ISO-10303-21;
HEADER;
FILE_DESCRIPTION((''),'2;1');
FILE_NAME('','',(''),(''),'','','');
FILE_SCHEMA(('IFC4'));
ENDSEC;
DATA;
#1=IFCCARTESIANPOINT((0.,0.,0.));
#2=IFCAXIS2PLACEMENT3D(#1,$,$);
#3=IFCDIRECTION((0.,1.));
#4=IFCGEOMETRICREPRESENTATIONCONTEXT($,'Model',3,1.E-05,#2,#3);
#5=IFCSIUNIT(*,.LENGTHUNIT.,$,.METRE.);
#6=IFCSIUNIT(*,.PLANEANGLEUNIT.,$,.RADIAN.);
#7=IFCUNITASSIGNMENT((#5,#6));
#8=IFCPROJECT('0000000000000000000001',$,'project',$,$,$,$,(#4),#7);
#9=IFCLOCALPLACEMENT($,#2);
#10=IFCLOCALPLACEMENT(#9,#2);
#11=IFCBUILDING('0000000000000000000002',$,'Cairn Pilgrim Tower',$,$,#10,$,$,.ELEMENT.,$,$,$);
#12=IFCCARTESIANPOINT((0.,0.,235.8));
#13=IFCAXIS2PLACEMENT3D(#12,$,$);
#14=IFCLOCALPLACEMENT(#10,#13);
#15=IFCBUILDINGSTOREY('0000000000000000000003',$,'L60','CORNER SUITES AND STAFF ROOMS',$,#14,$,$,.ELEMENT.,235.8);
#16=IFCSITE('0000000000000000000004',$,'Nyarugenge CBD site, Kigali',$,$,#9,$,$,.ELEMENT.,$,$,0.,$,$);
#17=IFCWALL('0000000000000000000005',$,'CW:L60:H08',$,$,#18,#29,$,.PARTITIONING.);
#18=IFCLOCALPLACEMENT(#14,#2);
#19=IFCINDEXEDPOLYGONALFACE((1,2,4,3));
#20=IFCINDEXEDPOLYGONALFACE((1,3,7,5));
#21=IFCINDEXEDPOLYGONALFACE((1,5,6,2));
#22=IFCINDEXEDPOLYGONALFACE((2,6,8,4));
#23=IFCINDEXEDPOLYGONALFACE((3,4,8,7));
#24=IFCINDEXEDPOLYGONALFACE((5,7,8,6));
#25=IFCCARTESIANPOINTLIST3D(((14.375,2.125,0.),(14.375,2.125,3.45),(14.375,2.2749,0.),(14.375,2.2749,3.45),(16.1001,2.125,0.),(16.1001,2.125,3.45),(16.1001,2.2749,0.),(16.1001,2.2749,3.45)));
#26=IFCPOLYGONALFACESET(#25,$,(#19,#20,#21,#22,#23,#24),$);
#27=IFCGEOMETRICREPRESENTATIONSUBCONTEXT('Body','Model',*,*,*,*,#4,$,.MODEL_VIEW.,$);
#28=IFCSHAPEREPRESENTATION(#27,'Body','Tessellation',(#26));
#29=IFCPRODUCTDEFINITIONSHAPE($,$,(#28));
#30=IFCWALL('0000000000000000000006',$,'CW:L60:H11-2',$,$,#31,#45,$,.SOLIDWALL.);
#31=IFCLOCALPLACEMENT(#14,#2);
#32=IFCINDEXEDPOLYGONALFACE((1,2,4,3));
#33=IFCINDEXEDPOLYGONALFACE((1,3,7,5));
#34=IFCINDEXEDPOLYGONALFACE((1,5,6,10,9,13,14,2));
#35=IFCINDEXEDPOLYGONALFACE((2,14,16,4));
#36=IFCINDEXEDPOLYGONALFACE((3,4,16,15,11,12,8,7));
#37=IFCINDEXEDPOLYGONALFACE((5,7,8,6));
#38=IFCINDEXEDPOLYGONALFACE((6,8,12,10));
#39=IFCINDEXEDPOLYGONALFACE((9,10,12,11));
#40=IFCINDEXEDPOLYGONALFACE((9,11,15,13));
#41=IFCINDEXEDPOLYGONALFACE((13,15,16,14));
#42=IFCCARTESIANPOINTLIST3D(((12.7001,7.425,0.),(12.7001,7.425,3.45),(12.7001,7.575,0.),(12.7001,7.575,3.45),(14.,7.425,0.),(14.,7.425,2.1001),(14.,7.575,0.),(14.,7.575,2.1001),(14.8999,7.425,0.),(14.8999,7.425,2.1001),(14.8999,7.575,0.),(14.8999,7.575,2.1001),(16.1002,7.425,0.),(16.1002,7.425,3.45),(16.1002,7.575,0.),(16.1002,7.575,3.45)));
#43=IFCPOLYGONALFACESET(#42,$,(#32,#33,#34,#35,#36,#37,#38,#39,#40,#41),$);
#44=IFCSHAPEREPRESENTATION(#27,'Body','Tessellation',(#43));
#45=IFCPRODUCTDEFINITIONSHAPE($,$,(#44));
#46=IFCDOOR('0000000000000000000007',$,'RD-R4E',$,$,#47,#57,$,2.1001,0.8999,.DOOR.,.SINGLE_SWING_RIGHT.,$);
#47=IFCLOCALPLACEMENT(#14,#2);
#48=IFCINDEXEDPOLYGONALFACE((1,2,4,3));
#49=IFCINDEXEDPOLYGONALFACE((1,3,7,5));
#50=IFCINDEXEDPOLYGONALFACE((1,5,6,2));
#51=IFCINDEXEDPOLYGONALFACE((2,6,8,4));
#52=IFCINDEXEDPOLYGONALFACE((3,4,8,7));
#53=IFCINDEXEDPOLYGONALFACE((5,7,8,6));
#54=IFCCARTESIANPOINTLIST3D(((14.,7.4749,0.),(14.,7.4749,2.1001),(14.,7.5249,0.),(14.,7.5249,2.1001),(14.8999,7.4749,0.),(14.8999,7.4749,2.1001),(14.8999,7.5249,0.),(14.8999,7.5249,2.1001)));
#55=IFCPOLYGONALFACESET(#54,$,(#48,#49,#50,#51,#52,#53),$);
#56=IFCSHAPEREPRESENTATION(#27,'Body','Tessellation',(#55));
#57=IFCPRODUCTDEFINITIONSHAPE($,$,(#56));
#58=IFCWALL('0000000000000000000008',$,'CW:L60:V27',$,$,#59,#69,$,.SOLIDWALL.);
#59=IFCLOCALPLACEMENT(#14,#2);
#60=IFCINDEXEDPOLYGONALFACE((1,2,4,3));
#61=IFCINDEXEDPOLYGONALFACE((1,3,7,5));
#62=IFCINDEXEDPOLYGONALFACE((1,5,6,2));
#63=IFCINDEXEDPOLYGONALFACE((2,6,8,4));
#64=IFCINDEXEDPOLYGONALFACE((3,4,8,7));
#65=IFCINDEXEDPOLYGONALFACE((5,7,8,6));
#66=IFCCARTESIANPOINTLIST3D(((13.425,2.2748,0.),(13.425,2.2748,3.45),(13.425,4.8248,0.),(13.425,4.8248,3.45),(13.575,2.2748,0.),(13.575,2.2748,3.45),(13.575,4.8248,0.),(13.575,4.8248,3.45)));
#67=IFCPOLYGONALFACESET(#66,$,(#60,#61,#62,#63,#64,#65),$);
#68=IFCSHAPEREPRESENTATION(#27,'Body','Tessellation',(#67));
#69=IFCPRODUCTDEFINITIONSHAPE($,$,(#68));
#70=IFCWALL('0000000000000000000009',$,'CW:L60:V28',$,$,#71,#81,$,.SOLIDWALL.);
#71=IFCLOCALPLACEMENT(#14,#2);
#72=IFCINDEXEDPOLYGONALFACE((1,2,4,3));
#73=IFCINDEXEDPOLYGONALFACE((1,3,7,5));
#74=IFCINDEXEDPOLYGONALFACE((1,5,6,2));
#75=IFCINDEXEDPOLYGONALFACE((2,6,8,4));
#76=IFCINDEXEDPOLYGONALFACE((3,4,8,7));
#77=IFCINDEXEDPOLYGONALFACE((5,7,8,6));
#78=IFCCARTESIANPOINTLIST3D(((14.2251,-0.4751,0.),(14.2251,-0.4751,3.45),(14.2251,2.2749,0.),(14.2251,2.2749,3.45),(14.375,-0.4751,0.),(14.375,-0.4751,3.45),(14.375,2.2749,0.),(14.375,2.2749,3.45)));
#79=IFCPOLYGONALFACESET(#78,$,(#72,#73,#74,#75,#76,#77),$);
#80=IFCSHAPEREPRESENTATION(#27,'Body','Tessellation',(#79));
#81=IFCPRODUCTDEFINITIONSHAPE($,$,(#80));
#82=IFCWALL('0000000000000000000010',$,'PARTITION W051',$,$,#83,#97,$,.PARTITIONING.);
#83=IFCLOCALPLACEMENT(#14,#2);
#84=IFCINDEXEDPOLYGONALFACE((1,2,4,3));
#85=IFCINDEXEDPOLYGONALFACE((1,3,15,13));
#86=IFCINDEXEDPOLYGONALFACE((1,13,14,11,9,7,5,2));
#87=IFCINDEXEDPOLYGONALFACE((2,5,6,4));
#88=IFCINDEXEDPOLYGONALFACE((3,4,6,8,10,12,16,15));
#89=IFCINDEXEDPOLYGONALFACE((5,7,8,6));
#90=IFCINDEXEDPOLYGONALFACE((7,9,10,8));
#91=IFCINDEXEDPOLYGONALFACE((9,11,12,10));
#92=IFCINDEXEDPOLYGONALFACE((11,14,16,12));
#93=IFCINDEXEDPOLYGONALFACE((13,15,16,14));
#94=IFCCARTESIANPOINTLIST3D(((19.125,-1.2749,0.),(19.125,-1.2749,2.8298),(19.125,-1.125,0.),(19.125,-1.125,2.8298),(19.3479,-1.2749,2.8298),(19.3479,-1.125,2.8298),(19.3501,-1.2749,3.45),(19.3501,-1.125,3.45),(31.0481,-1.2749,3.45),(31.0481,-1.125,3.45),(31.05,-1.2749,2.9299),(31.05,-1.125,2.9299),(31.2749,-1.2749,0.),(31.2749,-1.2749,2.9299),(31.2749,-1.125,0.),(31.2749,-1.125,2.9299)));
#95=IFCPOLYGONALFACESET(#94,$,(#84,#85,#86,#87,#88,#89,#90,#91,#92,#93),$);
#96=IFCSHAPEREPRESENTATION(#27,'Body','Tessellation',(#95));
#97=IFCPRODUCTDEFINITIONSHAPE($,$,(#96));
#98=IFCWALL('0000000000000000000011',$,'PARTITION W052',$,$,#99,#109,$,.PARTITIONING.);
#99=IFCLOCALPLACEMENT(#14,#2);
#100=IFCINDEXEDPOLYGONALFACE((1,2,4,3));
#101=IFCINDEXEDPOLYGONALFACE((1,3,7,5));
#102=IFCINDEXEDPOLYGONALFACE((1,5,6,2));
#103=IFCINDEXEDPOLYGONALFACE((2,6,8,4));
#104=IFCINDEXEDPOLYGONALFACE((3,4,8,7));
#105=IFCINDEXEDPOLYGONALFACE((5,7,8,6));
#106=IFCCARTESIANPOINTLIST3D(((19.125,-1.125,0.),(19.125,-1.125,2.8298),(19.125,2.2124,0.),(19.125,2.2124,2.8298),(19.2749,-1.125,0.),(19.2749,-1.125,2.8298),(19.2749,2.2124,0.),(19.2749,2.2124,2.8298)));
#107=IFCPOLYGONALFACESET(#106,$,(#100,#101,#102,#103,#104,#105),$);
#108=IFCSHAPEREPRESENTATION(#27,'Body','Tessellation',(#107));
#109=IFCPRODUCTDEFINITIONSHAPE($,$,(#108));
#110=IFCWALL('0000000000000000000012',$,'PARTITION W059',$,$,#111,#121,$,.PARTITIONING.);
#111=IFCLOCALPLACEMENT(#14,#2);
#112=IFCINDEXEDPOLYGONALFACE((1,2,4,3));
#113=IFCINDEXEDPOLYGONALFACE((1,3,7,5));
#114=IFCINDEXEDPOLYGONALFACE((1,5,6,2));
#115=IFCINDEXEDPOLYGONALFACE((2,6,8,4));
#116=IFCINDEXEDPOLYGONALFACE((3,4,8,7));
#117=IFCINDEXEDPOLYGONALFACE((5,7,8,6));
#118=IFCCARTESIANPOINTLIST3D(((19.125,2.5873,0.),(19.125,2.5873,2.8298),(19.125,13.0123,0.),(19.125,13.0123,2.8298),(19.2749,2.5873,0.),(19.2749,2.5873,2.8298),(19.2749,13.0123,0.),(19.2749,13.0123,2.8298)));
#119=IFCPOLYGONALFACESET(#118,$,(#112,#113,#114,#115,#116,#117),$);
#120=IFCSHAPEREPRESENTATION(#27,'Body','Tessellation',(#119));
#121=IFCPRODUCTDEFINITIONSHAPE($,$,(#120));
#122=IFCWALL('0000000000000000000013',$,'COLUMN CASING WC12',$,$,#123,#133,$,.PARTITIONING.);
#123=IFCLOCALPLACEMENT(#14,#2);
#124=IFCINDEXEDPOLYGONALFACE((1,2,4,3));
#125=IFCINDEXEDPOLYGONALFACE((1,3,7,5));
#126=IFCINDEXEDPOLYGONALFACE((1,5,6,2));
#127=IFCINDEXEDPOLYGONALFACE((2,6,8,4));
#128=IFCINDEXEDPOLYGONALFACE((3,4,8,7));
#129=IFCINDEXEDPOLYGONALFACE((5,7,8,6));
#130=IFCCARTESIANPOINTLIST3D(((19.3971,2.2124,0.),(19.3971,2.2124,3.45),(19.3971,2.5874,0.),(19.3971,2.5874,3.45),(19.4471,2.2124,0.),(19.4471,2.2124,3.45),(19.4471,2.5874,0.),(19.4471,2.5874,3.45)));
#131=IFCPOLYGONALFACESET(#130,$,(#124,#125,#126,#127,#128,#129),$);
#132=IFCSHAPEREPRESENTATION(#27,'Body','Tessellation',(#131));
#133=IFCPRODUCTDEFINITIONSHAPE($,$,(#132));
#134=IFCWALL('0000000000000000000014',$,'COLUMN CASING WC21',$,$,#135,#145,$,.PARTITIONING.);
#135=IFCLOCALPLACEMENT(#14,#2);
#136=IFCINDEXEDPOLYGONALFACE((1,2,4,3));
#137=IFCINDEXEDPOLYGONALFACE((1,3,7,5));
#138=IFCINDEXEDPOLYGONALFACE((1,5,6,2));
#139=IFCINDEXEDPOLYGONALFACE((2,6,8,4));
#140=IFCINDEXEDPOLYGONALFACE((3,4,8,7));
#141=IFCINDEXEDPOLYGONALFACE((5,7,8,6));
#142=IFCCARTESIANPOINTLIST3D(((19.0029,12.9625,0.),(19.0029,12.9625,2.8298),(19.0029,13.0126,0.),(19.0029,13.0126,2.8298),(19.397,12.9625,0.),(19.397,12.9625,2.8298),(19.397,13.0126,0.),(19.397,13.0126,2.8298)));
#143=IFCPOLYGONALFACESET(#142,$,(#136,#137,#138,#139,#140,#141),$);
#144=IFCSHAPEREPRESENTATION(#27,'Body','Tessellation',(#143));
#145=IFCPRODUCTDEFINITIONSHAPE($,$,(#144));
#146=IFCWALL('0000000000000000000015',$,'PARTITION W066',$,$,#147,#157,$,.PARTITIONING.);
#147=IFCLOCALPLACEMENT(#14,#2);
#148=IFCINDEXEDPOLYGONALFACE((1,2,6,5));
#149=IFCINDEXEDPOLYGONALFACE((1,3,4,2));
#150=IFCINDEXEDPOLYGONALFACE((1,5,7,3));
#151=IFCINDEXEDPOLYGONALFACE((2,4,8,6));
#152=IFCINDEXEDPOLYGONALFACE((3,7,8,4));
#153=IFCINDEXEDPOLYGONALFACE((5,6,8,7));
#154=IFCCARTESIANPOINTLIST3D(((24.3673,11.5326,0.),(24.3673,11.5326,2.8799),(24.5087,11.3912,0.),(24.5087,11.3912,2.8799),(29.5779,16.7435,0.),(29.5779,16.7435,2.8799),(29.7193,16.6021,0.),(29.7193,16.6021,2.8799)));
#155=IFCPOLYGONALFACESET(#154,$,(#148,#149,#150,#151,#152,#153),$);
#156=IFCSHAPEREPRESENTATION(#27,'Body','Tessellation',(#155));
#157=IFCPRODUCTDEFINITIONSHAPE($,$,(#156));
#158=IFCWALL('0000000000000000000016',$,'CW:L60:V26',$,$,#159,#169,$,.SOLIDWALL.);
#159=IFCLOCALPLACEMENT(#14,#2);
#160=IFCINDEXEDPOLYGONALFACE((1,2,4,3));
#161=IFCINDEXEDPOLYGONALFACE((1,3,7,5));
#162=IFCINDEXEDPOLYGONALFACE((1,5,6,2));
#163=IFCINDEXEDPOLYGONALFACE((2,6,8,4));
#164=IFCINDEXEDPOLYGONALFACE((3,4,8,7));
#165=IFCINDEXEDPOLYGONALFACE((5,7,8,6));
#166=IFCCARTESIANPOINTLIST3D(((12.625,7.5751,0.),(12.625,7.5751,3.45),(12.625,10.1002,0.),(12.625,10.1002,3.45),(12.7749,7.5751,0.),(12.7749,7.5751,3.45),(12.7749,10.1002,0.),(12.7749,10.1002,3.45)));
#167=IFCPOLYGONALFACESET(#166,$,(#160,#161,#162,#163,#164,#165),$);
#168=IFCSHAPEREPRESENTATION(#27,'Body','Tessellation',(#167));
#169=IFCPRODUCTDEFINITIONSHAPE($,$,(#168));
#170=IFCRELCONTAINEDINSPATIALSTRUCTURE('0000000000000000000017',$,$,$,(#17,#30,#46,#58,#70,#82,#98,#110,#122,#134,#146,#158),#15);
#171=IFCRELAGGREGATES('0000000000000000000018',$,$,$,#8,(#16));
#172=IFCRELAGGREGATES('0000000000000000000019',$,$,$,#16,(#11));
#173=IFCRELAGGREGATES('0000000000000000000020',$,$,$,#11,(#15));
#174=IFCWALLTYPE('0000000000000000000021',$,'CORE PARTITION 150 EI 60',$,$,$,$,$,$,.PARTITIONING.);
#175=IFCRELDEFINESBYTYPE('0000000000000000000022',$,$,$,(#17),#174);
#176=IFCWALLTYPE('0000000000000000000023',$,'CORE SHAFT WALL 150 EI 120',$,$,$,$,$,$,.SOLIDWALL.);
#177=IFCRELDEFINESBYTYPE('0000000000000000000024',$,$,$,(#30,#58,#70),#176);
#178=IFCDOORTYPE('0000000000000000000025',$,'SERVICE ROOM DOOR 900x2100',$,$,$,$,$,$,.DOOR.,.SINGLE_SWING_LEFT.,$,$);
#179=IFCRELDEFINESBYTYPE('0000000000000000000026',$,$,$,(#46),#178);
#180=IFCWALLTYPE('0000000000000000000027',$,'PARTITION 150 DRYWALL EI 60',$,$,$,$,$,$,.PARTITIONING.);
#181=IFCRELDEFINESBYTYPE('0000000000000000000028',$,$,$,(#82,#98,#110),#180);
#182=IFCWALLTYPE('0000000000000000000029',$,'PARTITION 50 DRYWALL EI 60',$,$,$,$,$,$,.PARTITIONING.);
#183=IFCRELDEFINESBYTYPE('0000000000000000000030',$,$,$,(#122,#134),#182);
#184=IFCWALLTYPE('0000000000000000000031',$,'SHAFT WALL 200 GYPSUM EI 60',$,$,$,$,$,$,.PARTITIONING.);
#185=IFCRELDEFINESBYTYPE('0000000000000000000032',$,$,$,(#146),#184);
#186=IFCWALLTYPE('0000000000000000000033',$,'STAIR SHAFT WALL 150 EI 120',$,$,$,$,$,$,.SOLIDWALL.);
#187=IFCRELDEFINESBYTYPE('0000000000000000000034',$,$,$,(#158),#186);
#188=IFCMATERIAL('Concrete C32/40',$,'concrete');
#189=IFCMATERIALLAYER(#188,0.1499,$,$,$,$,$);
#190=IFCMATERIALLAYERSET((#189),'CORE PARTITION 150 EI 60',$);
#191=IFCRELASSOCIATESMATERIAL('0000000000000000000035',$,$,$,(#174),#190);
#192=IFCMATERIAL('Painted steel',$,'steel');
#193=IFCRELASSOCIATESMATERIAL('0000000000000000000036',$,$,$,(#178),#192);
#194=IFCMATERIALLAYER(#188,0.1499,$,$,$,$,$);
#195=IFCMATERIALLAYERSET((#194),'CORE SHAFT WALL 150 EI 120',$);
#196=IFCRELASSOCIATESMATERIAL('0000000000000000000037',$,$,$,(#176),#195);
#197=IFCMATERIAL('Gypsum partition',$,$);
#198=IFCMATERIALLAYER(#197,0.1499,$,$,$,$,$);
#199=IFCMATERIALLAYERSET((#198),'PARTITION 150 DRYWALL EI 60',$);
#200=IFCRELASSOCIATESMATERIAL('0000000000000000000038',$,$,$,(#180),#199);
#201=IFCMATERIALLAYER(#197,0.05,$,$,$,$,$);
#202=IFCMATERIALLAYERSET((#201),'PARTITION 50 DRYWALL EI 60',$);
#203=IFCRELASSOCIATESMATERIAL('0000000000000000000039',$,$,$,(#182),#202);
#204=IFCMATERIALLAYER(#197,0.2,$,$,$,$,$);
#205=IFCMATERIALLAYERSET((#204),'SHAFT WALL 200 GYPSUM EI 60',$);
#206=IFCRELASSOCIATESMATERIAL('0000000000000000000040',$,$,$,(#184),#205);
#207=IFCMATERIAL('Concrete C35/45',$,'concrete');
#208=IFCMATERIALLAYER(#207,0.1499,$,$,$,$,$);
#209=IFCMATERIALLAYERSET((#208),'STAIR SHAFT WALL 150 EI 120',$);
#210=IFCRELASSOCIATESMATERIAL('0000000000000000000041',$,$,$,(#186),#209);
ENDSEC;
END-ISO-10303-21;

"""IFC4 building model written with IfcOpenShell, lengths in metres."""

from ifc_helpers import new_model, si_unit, direction, frame, frame_2d, origin, place, context, subcontext, project, spatial, polyline, rectangle, outline, extrude, material, layer, layer_set, type_object, element, fill, save


model = new_model("IFC4")

# Units and contexts
model_context = context("Model", 3, precision=1e-05, world=origin(), true_north=direction((0.0, 1.0)))
body_context = subcontext(model_context, "Body", "Model", "MODEL_VIEW")
ifc_project = project(units=[si_unit("LENGTHUNIT", "METRE"), si_unit("PLANEANGLEUNIT", "RADIAN")], contexts=[model_context])

# Site, building, storey
site_placement = place(None, origin())
site = spatial("IfcSite", under=ifc_project, at=site_placement, Name="Nyarugenge CBD site, Kigali", CompositionType="ELEMENT", RefElevation=0.0)
building_placement = place(site_placement, origin())
building = spatial("IfcBuilding", under=site, at=building_placement, Name="Cairn Pilgrim Tower", CompositionType="ELEMENT")
storey_placement = place(building_placement, frame((0.0, 0.0, 235.8)))
storey = spatial("IfcBuildingStorey", under=building, at=storey_placement, Name="L60", Description="CORNER SUITES AND STAFF ROOMS", CompositionType="ELEMENT", Elevation=235.8)

# Shared definitions
ifc_material_1 = material(Name="Concrete C32/40", Category="concrete")

# Shared definitions
ifc_layer_1 = layer(ifc_material_1, 0.1499)
ifc_layer_set_1 = layer_set([ifc_layer_1], Name="CORE PARTITION 150 EI 60")
wall_type_1 = type_object("IfcWallType", Name="CORE PARTITION 150 EI 60", PredefinedType="PARTITIONING", material=ifc_layer_set_1)
ifc_material_2 = material(Name="Painted steel", Category="steel")
door_type = type_object("IfcDoorType", Name="SERVICE ROOM DOOR 900x2100", OperationType="SINGLE_SWING_LEFT", PredefinedType="DOOR", material=ifc_material_2)

# Wall
wall_1_placement = place(storey_placement, frame((14.375, 2.2, 0.0), z_axis=(0.0, 0.0, 1.0), x_axis=(1.0, 0.0, 0.0)))
element("IfcWall", 1, at=wall_1_placement, inside=storey, type_object=wall_type_1, Name="CW:L60:H08", PredefinedType="PARTITIONING", context=body_context, shape_type="SweptSolid", body=[
    extrude(rectangle(XDim=1.7251, YDim=0.1499, at=frame_2d((0.8625, 0.0))), origin(), (0.0, 0.0, 1.0), 3.45),
])

# Wall, opening, door
ifc_layer_2 = layer(ifc_material_1, 0.1499)
ifc_layer_set_2 = layer_set([ifc_layer_2], Name="CORE SHAFT WALL 150 EI 120")
wall_type_2 = type_object("IfcWallType", Name="CORE SHAFT WALL 150 EI 120", PredefinedType="SOLIDWALL", material=ifc_layer_set_2)
wall_2_placement = place(storey_placement, frame((12.7, 7.5, 0.0), z_axis=(0.0, 0.0, 1.0), x_axis=(1.0, 0.0, 0.0)))
wall_2 = element("IfcWall", 2, at=wall_2_placement, inside=storey, type_object=wall_type_2, Name="CW:L60:H11-2", PredefinedType="SOLIDWALL", context=body_context, shape_type="SweptSolid", body=[
    extrude(rectangle(XDim=3.4001, YDim=0.1499, at=frame_2d((1.7002, 0.0))), origin(), (0.0, 0.0, 1.0), 3.45),
])
opening_1_placement = place(wall_2_placement, frame((1.3, 0.0, 0.0)))
opening_1 = element("IfcOpeningElement", 3, at=opening_1_placement, cuts=wall_2, PredefinedType="OPENING", context=body_context, shape_type="SweptSolid", body=[
    extrude(rectangle(XDim=0.8999, YDim=2.1001, at=frame_2d((0.45, 1.05))), frame((0.0, 0.085, 0.0), z_axis=(0.0, -1.0, 0.0), x_axis=(1.0, 0.0, 0.0)), (0.0, 0.0, 1.0), 0.1699),
])
door_1_placement = place(opening_1_placement, origin())
door_1 = element("IfcDoor", 4, at=door_1_placement, inside=storey, type_object=door_type, Name="RD-R4E", OperationType="SINGLE_SWING_RIGHT", OverallHeight=2.1001, OverallWidth=0.8999, PredefinedType="DOOR", context=body_context, shape_type="SweptSolid", body=[
    extrude(rectangle(XDim=0.8999, YDim=2.1001, at=frame_2d((0.45, 1.05))), frame((0.0, 0.0249, 0.0), z_axis=(0.0, -1.0, 0.0), x_axis=(1.0, 0.0, 0.0)), (0.0, 0.0, 1.0), 0.05),
])
fill(opening_1, door_1)

# Walls
wall_3_placement = place(storey_placement, frame((13.5, 2.2749, 0.0), z_axis=(0.0, 0.0, 1.0), x_axis=(0.0, 1.0, 0.0)))
element("IfcWall", 5, at=wall_3_placement, inside=storey, type_object=wall_type_2, Name="CW:L60:V27", PredefinedType="SOLIDWALL", context=body_context, shape_type="SweptSolid", body=[
    extrude(rectangle(XDim=2.55, YDim=0.1499, at=frame_2d((1.2749, 0.0))), origin(), (0.0, 0.0, 1.0), 3.45),
])
wall_4_placement = place(storey_placement, frame((14.3, -0.4751, 0.0), z_axis=(0.0, 0.0, 1.0), x_axis=(0.0, 1.0, 0.0)))
element("IfcWall", 6, at=wall_4_placement, inside=storey, type_object=wall_type_2, Name="CW:L60:V28", PredefinedType="SOLIDWALL", context=body_context, shape_type="SweptSolid", body=[
    extrude(rectangle(XDim=2.75, YDim=0.1499, at=frame_2d((1.375, 0.0))), origin(), (0.0, 0.0, 1.0), 3.45),
])
ifc_material_3 = material(Name="Gypsum partition")
ifc_layer_3 = layer(ifc_material_3, 0.1499)
ifc_layer_set_3 = layer_set([ifc_layer_3], Name="PARTITION 150 DRYWALL EI 60")
wall_type_3 = type_object("IfcWallType", Name="PARTITION 150 DRYWALL EI 60", PredefinedType="PARTITIONING", material=ifc_layer_set_3)
wall_5_placement = place(storey_placement, frame((19.125, -1.2, 0.0), z_axis=(0.0, 0.0, 1.0), x_axis=(1.0, 0.0, 0.0)))
element("IfcWall", 7, at=wall_5_placement, inside=storey, type_object=wall_type_3, Name="PARTITION W051", PredefinedType="PARTITIONING", context=body_context, shape_type="SweptSolid", body=[
    extrude(outline(polyline([(0.0, 0.0), (12.1499, 0.0), (12.1499, 2.9299), (11.925, 2.9299), (11.9231, 3.45), (0.2251, 3.45), (0.2229, 2.8298), (0.0, 2.8298), (0.0, 0.0)])), frame((0.0, 0.075, 0.0), z_axis=(0.0, -1.0, 0.0), x_axis=(1.0, 0.0, 0.0)), (0.0, 0.0, 1.0), 0.1499),
])
wall_6_placement = place(storey_placement, frame((19.2, -1.125, 0.0), z_axis=(0.0, 0.0, 1.0), x_axis=(0.0, 1.0, 0.0)))
element("IfcWall", 8, at=wall_6_placement, inside=storey, type_object=wall_type_3, Name="PARTITION W052", PredefinedType="PARTITIONING", context=body_context, shape_type="SweptSolid", body=[
    extrude(rectangle(XDim=3.3374, YDim=0.1499, at=frame_2d((1.6687, 0.0))), origin(), (0.0, 0.0, 1.0), 2.8298),
])
wall_7_placement = place(storey_placement, frame((19.2, 2.5874, 0.0), z_axis=(0.0, 0.0, 1.0), x_axis=(0.0, 1.0, 0.0)))
element("IfcWall", 9, at=wall_7_placement, inside=storey, type_object=wall_type_3, Name="PARTITION W059", PredefinedType="PARTITIONING", context=body_context, shape_type="SweptSolid", body=[
    extrude(rectangle(XDim=10.425, YDim=0.1499, at=frame_2d((5.2124, 0.0))), origin(), (0.0, 0.0, 1.0), 2.8298),
])
ifc_layer_4 = layer(ifc_material_3, 0.05)
ifc_layer_set_4 = layer_set([ifc_layer_4], Name="PARTITION 50 DRYWALL EI 60")
wall_type_4 = type_object("IfcWallType", Name="PARTITION 50 DRYWALL EI 60", PredefinedType="PARTITIONING", material=ifc_layer_set_4)
wall_8_placement = place(storey_placement, frame((19.4221, 2.2124, 0.0), z_axis=(0.0, 0.0, 1.0), x_axis=(0.0, 1.0, 0.0)))
element("IfcWall", 10, at=wall_8_placement, inside=storey, type_object=wall_type_4, Name="COLUMN CASING WC12", PredefinedType="PARTITIONING", context=body_context, shape_type="SweptSolid", body=[
    extrude(rectangle(XDim=0.375, YDim=0.05, at=frame_2d((0.1875, 0.0))), origin(), (0.0, 0.0, 1.0), 3.45),
])
wall_9_placement = place(storey_placement, frame((19.0029, 12.9875, 0.0), z_axis=(0.0, 0.0, 1.0), x_axis=(1.0, 0.0, 0.0)))
element("IfcWall", 11, at=wall_9_placement, inside=storey, type_object=wall_type_4, Name="COLUMN CASING WC21", PredefinedType="PARTITIONING", context=body_context, shape_type="SweptSolid", body=[
    extrude(rectangle(XDim=0.394, YDim=0.05, at=frame_2d((0.197, 0.0))), origin(), (0.0, 0.0, 1.0), 2.8298),
])
ifc_layer_5 = layer(ifc_material_3, 0.2)
ifc_layer_set_5 = layer_set([ifc_layer_5], Name="SHAFT WALL 200 GYPSUM EI 60")
wall_type_5 = type_object("IfcWallType", Name="SHAFT WALL 200 GYPSUM EI 60", PredefinedType="PARTITIONING", material=ifc_layer_set_5)
wall_10_placement = place(storey_placement, frame((24.438, 11.4619, 0.0), z_axis=(0.0, 0.0, 1.0), x_axis=(0.70709, 0.707123, 0.0)))
element("IfcWall", 12, at=wall_10_placement, inside=storey, type_object=wall_type_5, Name="PARTITION W066", PredefinedType="PARTITIONING", context=body_context, shape_type="SweptSolid", body=[
    extrude(rectangle(XDim=7.3691, YDim=0.2, at=frame_2d((3.6846, 0.0))), origin(), (0.0, 0.0, 1.0), 2.8799),
])
ifc_material_4 = material(Name="Concrete C35/45", Category="concrete")
ifc_layer_6 = layer(ifc_material_4, 0.1499)
ifc_layer_set_6 = layer_set([ifc_layer_6], Name="STAIR SHAFT WALL 150 EI 120")
wall_type_6 = type_object("IfcWallType", Name="STAIR SHAFT WALL 150 EI 120", PredefinedType="SOLIDWALL", material=ifc_layer_set_6)
wall_11_placement = place(storey_placement, frame((12.7, 7.575, 0.0), z_axis=(0.0, 0.0, 1.0), x_axis=(0.0, 1.0, 0.0)))
element("IfcWall", 13, at=wall_11_placement, inside=storey, type_object=wall_type_6, Name="CW:L60:V26", PredefinedType="SOLIDWALL", context=body_context, shape_type="SweptSolid", body=[
    extrude(rectangle(XDim=2.5251, YDim=0.1499, at=frame_2d((1.2627, 0.0))), origin(), (0.0, 0.0, 1.0), 3.45),
])

save(model, "model.ifc")
